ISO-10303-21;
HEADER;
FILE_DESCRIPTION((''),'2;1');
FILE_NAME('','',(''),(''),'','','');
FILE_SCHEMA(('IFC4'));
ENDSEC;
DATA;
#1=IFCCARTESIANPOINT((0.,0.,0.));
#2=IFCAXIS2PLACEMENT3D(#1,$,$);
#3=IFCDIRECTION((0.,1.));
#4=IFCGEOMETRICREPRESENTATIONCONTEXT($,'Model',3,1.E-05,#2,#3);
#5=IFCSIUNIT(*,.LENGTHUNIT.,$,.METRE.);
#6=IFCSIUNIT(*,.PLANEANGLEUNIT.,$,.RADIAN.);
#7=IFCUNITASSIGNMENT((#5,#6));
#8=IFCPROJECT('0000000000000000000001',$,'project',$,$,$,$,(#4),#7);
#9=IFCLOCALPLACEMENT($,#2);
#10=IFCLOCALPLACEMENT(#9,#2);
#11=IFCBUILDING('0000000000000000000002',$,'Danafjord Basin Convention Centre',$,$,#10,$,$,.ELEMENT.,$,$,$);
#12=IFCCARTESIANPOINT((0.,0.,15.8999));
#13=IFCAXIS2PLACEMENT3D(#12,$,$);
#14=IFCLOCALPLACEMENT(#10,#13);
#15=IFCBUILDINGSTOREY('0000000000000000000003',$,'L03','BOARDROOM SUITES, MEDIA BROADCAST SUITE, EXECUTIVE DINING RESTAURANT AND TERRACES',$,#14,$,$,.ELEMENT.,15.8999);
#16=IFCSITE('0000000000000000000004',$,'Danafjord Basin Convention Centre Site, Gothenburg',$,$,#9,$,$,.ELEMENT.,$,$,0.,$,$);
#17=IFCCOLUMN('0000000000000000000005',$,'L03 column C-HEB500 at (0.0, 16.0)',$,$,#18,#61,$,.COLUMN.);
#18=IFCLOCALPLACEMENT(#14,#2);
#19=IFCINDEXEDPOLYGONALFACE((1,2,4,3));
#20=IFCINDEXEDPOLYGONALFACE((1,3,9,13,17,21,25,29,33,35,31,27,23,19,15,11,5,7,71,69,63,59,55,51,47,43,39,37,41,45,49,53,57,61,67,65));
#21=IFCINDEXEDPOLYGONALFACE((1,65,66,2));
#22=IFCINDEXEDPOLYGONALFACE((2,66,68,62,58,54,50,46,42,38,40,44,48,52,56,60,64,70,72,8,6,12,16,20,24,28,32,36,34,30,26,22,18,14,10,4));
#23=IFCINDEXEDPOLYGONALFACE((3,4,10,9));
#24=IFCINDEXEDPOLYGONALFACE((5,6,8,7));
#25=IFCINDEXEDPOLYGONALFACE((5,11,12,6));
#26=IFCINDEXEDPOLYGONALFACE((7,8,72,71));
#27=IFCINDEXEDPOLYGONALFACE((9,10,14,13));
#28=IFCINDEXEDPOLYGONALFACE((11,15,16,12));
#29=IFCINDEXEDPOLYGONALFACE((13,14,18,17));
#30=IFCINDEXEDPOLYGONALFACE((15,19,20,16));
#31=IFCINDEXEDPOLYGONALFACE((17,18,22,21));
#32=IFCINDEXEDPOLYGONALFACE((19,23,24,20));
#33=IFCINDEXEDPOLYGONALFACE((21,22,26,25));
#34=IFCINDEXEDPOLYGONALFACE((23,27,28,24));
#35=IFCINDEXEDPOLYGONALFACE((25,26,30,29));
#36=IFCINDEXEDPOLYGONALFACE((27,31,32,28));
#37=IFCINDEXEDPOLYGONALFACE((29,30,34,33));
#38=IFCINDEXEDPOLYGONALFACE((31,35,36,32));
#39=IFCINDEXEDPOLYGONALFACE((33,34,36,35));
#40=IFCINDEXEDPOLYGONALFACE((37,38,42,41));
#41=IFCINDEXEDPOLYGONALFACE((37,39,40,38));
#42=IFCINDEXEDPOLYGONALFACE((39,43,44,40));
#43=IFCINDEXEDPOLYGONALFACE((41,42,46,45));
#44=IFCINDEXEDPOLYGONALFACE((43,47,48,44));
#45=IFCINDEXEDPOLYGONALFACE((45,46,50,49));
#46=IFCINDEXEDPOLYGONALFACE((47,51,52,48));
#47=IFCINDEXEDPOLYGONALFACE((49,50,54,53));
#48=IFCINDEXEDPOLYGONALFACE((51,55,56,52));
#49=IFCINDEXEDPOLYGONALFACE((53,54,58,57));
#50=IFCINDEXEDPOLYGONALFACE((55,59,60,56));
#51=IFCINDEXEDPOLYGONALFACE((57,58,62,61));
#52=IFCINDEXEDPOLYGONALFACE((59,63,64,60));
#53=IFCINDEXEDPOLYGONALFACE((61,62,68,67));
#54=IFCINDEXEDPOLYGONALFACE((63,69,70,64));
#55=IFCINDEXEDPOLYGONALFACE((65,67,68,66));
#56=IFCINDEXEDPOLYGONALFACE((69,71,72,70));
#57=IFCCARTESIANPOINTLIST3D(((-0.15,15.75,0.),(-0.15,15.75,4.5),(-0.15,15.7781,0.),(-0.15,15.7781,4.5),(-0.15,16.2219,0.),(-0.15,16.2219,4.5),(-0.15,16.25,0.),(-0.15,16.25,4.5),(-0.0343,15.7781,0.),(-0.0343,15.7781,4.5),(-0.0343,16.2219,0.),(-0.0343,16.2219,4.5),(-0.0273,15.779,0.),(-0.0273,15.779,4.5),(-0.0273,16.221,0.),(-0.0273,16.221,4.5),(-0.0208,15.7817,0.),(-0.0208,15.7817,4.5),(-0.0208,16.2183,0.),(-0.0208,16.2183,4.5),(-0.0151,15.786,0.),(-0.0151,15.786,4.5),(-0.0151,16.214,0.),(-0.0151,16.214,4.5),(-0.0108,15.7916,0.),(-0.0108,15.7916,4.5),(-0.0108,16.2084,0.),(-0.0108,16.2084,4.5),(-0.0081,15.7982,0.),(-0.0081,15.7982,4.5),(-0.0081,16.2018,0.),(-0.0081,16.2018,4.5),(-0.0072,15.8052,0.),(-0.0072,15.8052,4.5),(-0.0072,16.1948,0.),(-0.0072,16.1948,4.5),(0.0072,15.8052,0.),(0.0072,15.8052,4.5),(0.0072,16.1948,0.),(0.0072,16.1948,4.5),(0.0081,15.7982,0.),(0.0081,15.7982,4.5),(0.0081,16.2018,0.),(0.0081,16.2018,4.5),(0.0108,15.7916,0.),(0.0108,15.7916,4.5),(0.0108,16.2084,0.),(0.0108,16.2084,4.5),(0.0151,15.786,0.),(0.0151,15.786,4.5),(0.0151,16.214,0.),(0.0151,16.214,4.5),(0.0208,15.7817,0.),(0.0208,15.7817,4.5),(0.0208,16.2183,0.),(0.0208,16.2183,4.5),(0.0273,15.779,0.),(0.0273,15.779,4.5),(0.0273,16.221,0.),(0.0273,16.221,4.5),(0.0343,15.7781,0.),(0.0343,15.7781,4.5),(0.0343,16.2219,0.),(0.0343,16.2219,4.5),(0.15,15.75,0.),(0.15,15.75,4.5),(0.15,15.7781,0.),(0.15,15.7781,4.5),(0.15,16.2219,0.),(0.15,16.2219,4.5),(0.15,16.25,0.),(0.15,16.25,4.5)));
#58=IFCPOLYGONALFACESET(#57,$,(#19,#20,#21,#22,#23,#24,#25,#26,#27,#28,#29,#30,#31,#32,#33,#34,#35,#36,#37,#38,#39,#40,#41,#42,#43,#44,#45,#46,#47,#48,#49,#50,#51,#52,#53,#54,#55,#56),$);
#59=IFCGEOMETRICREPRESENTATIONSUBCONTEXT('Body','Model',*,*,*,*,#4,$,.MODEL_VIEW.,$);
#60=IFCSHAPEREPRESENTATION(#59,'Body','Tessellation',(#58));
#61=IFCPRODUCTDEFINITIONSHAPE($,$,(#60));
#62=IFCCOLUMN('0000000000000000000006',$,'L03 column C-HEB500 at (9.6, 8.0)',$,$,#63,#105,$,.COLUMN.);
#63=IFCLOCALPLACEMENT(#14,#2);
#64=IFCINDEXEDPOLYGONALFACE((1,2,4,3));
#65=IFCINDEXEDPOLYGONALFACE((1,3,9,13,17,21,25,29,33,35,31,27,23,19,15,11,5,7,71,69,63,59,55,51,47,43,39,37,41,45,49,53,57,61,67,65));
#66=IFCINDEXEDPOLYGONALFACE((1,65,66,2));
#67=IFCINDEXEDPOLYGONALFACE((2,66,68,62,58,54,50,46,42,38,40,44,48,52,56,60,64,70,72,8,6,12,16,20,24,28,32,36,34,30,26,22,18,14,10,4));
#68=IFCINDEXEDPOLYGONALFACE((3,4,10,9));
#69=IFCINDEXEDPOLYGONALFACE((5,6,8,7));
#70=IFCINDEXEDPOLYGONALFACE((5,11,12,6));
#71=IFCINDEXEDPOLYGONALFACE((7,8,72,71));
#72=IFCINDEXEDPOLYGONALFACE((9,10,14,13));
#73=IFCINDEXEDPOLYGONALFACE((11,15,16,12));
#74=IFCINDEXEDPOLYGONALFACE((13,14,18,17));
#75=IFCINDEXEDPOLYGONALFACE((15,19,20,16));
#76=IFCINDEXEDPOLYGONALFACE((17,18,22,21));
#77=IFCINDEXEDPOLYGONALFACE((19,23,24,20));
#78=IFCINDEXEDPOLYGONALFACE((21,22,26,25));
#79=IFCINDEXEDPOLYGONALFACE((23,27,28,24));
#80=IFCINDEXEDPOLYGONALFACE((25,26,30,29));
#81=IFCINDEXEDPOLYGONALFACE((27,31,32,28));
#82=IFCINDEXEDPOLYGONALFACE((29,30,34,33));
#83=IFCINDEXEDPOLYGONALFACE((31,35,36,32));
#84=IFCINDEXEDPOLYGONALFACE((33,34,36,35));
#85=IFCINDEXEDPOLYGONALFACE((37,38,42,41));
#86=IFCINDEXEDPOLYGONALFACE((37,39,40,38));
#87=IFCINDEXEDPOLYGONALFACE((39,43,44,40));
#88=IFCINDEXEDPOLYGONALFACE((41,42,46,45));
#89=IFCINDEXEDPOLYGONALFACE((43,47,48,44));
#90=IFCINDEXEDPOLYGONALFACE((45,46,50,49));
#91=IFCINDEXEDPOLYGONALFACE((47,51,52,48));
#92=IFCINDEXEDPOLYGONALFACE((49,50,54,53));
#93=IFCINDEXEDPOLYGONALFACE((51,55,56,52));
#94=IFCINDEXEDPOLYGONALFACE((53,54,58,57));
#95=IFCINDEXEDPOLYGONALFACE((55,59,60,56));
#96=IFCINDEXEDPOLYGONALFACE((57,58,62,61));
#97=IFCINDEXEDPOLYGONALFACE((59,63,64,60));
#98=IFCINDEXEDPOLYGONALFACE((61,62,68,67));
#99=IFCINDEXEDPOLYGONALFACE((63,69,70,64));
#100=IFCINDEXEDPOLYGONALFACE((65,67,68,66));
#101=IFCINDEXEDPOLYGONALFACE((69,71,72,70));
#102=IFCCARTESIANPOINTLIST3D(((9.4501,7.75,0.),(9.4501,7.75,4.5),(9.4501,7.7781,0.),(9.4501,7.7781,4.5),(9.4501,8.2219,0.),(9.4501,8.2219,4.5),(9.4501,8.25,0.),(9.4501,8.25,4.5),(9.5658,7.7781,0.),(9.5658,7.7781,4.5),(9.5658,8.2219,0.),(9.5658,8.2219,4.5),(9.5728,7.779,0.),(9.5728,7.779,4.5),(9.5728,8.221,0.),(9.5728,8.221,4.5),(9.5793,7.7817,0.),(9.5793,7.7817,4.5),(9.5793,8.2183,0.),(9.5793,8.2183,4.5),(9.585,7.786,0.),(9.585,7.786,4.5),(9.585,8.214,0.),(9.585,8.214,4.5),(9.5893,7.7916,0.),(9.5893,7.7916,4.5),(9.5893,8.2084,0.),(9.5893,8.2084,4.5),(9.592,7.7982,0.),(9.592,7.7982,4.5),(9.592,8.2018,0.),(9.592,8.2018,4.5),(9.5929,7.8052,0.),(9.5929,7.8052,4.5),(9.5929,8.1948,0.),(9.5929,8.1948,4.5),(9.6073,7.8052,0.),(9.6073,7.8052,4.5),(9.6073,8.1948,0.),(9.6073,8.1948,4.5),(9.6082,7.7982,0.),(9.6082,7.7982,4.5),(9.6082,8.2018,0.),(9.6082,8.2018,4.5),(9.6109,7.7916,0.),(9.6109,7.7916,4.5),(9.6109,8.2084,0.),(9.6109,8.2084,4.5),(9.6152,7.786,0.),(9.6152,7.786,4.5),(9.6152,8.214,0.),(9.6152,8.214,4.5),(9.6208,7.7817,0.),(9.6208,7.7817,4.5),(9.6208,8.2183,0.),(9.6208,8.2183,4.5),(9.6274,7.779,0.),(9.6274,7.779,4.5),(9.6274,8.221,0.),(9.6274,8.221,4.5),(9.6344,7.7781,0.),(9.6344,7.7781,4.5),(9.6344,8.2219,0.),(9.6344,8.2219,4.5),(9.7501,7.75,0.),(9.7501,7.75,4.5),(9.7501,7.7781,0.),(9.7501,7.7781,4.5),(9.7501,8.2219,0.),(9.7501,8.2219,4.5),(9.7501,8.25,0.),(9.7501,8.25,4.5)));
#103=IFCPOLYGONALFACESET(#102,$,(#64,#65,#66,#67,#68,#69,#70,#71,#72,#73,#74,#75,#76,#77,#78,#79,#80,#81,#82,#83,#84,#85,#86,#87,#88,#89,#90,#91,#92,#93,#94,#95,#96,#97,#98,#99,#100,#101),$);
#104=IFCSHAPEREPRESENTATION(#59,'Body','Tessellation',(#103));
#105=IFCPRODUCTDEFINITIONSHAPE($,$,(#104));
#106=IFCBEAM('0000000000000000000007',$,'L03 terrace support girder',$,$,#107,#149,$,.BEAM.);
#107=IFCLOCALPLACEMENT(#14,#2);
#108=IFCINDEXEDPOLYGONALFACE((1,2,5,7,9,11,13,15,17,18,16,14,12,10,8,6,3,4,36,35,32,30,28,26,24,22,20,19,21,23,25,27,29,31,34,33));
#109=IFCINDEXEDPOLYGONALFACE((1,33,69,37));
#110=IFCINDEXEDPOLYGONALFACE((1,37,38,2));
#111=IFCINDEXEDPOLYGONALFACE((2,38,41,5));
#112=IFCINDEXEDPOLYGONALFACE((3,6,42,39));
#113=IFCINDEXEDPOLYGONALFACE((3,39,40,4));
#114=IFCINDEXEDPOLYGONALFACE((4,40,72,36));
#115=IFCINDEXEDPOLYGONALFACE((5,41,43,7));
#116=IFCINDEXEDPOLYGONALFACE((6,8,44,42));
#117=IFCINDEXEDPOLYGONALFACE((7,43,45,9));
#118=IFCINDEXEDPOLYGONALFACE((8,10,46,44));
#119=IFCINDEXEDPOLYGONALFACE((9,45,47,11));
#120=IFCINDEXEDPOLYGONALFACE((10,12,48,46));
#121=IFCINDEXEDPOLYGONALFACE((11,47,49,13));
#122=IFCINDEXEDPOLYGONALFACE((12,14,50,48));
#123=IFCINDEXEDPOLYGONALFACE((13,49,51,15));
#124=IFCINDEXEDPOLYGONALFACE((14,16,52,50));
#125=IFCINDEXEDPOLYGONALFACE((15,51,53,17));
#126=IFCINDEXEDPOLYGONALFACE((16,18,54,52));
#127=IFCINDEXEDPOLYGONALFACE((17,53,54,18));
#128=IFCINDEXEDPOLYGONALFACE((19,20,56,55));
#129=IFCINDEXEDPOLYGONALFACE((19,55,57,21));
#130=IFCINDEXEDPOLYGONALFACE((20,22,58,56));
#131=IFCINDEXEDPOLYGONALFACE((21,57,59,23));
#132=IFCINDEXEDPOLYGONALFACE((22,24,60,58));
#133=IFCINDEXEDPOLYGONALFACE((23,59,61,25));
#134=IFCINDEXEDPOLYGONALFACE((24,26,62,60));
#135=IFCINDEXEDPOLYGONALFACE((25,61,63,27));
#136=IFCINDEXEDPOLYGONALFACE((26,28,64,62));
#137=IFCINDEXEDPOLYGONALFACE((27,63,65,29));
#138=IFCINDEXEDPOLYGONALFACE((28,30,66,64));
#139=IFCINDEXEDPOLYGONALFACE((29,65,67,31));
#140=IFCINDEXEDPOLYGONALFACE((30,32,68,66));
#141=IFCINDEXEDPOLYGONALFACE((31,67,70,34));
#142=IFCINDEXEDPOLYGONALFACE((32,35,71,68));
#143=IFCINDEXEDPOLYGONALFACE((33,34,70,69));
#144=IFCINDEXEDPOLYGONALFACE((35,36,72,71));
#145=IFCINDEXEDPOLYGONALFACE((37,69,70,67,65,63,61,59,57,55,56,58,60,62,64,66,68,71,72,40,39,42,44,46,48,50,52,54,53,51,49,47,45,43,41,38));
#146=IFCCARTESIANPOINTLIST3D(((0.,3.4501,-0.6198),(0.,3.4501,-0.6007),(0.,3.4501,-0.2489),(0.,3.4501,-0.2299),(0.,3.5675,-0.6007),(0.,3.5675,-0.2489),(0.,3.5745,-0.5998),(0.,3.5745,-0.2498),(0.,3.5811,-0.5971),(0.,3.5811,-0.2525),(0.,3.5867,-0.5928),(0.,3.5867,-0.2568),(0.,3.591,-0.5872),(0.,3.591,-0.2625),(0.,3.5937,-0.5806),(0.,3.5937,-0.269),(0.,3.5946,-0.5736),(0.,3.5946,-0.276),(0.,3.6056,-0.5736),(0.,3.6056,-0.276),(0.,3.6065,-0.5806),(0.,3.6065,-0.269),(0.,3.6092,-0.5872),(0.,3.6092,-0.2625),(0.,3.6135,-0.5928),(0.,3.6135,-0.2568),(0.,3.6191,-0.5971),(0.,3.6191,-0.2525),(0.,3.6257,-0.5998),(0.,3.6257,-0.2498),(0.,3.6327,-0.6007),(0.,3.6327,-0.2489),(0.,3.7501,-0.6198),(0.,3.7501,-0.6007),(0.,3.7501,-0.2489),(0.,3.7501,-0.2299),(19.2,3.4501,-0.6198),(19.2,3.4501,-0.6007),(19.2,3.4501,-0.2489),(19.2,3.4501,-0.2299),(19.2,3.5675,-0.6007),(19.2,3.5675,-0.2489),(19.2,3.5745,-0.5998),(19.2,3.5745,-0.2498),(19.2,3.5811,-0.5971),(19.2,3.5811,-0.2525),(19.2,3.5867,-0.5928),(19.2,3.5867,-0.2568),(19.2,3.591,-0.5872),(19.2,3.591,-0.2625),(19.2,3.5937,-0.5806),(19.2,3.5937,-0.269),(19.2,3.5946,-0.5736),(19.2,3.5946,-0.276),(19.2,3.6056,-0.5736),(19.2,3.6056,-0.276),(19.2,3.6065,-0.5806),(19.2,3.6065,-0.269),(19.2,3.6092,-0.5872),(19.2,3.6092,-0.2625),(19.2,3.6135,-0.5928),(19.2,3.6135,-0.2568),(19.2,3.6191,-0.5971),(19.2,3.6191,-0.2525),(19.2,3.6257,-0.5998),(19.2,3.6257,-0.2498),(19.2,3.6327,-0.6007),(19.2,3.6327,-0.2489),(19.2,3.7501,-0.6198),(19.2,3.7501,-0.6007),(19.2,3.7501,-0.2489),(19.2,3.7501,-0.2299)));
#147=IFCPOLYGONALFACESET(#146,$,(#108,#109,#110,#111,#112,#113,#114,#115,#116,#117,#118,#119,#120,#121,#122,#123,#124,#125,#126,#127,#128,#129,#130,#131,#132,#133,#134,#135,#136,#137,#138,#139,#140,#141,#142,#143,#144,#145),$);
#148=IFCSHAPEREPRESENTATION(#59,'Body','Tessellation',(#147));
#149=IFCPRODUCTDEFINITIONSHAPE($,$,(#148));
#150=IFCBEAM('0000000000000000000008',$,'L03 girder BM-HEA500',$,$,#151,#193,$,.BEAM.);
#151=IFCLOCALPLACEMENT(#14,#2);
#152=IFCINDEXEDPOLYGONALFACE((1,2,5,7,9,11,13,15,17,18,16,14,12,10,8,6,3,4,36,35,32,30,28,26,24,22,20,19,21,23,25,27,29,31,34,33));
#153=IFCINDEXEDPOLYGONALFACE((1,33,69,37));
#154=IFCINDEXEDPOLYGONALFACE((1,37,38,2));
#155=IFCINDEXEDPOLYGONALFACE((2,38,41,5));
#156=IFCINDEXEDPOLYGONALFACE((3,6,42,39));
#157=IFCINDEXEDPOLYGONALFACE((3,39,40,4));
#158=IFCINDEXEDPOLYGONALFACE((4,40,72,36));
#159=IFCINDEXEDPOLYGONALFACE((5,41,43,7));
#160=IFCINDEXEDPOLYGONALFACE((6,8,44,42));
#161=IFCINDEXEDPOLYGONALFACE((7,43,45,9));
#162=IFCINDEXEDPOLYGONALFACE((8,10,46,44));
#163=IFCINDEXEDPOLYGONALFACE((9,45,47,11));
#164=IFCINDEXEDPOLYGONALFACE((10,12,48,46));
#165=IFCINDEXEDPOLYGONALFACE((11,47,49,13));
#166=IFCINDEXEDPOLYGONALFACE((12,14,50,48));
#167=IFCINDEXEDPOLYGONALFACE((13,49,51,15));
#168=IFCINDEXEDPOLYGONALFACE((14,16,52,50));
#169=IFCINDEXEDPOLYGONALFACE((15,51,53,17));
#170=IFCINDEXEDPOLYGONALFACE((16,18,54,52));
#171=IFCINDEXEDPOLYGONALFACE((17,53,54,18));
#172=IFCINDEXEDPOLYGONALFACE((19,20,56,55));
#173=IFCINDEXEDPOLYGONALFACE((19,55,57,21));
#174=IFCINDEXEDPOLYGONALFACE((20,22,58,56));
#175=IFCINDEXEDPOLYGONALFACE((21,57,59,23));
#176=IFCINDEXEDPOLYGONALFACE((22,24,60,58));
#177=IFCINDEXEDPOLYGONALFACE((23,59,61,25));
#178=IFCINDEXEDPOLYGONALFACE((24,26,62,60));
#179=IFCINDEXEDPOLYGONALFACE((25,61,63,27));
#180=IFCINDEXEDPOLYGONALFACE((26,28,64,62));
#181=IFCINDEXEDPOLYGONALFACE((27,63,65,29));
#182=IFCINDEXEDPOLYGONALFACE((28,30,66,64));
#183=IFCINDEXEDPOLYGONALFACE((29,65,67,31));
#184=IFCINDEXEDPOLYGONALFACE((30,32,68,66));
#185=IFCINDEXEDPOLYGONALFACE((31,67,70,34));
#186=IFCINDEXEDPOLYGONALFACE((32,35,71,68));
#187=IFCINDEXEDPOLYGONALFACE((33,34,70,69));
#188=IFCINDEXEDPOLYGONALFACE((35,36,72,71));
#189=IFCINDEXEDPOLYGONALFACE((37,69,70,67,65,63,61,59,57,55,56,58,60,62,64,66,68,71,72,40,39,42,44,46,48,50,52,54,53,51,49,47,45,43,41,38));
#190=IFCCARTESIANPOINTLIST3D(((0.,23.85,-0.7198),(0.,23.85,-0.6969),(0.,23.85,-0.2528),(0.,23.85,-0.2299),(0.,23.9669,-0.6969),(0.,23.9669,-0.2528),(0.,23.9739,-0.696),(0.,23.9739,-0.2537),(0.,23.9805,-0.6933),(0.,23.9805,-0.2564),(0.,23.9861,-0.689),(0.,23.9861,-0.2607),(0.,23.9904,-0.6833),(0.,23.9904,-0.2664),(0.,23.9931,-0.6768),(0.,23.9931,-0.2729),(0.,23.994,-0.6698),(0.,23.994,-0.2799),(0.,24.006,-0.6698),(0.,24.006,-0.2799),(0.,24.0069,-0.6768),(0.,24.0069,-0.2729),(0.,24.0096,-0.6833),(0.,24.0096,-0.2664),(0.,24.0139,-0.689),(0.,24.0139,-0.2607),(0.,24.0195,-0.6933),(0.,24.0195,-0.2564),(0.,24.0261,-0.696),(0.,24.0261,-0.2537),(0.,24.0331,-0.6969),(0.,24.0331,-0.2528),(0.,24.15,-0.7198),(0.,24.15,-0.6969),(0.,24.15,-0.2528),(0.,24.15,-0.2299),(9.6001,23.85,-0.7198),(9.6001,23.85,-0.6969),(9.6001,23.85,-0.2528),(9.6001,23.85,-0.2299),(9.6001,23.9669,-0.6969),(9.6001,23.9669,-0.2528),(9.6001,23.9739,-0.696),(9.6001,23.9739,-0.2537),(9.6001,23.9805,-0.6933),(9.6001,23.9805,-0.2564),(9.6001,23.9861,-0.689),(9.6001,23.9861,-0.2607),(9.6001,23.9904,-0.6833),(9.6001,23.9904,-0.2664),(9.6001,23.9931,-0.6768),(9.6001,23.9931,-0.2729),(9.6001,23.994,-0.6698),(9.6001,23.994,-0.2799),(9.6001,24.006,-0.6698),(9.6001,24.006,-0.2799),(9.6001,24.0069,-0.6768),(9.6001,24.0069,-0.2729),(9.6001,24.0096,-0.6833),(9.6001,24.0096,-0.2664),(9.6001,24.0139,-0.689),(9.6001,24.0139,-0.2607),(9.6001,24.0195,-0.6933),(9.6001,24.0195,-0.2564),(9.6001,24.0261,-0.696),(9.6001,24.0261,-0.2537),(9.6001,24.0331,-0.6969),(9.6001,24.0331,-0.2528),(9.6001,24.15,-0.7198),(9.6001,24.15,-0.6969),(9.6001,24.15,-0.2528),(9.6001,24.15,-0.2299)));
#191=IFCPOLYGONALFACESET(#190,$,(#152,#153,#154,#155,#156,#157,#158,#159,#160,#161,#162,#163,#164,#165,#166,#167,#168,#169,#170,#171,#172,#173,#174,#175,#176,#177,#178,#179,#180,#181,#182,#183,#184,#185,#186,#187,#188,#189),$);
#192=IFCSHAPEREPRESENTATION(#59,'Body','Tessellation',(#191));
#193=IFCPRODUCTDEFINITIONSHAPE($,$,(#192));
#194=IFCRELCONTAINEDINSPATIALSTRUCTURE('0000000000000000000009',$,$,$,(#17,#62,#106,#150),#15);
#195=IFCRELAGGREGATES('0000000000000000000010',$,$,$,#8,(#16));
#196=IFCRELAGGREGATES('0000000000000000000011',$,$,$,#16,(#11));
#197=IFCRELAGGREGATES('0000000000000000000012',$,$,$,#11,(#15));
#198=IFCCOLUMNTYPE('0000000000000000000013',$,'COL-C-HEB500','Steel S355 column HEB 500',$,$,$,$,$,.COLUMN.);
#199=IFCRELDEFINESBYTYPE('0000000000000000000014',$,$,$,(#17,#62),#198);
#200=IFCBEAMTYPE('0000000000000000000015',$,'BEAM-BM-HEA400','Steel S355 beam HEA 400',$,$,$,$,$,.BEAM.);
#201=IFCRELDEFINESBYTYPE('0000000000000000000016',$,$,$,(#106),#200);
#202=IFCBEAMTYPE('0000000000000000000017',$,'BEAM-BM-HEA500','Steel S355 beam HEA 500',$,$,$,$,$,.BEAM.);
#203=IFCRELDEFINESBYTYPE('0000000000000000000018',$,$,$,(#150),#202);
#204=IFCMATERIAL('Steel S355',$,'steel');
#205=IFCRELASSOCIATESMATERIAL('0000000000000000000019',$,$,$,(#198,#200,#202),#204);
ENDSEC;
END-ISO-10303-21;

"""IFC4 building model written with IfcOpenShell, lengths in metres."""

from ifc_helpers import new_model, si_unit, direction, frame, origin, origin_2d, place, context, subcontext, project, spatial, i_section, extrude, material, material_profile, profile_set, type_object, element, save


model = new_model("IFC4")

# Units and contexts
model_context = context("Model", 3, precision=1e-05, world=origin(), true_north=direction((0.0, 1.0)))
body_context = subcontext(model_context, "Body", "Model", "MODEL_VIEW")
ifc_project = project(units=[si_unit("LENGTHUNIT", "METRE"), si_unit("PLANEANGLEUNIT", "RADIAN")], contexts=[model_context])

# Site, building, storey
site_placement = place(None, origin())
site = spatial("IfcSite", under=ifc_project, at=site_placement, Name="Danafjord Basin Convention Centre Site, Gothenburg", CompositionType="ELEMENT", RefElevation=0.0)
building_placement = place(site_placement, origin())
building = spatial("IfcBuilding", under=site, at=building_placement, Name="Danafjord Basin Convention Centre", CompositionType="ELEMENT")
storey_placement = place(building_placement, frame((0.0, 0.0, 15.8999)))
storey = spatial("IfcBuildingStorey", under=building, at=storey_placement, Name="L03", Description="BOARDROOM SUITES, MEDIA BROADCAST SUITE, EXECUTIVE DINING RESTAURANT AND TERRACES", CompositionType="ELEMENT", Elevation=15.8999)

# Columns
ifc_material_1 = material(Name="Steel S355", Category="steel")
ifc_material_profile_1 = material_profile(ifc_material_1, i_section(OverallWidth=0.3, OverallDepth=0.5, WebThickness=0.0144, FlangeThickness=0.0281, FilletRadius=0.0271, at=origin_2d()), Name="HEB 500")
ifc_profile_set_1 = profile_set([ifc_material_profile_1], Name="Steel S355")
column_type_1 = type_object("IfcColumnType", Name="COL-C-HEB500", Description="Steel S355 column HEB 500", PredefinedType="COLUMN", material=ifc_profile_set_1)
for number, where, z_axis, x_axis, name in (
    (1, (0.0, 16.0, 0.0), (0.0, 0.0, 1.0), (1.0, 0.0, 0.0), "L03 column C-HEB500 at (0.0, 16.0)"),
    (2, (9.6001, 8.0, 0.0), (0.0, 0.0, 1.0), (1.0, 0.0, 0.0), "L03 column C-HEB500 at (9.6, 8.0)"),
):
    element("IfcColumn", number, at=place(storey_placement, frame(where, z_axis=z_axis, x_axis=x_axis)), inside=storey, type_object=column_type_1, Name=name, PredefinedType="COLUMN", context=body_context, shape_type="SweptSolid", body=[
        extrude(i_section(OverallWidth=0.3, OverallDepth=0.5, WebThickness=0.0144, FlangeThickness=0.0281, FilletRadius=0.0271, at=origin_2d()), origin(), (0.0, 0.0, 1.0), 4.5),
    ])

# Beams
ifc_material_profile_2 = material_profile(ifc_material_1, i_section(OverallWidth=0.3, OverallDepth=0.3899, WebThickness=0.011, FlangeThickness=0.019, FilletRadius=0.0271, at=origin_2d()), Name="HEA 400")
ifc_profile_set_2 = profile_set([ifc_material_profile_2], Name="Steel S355")
beam_type_1 = type_object("IfcBeamType", Name="BEAM-BM-HEA400", Description="Steel S355 beam HEA 400", PredefinedType="BEAM", material=ifc_profile_set_2)
beam_1_placement = place(storey_placement, frame((0.0, 3.6001, -0.4248), z_axis=(1.0, 0.0, 0.0), x_axis=(0.0, 1.0, 0.0)))
element("IfcBeam", 3, at=beam_1_placement, inside=storey, type_object=beam_type_1, Name="L03 terrace support girder", PredefinedType="BEAM", context=body_context, shape_type="SweptSolid", body=[
    extrude(i_section(OverallWidth=0.3, OverallDepth=0.3899, WebThickness=0.011, FlangeThickness=0.019, FilletRadius=0.0271, at=origin_2d()), origin(), (0.0, 0.0, 1.0), 19.2),
])
ifc_material_profile_3 = material_profile(ifc_material_1, i_section(OverallWidth=0.3, OverallDepth=0.49, WebThickness=0.012, FlangeThickness=0.0229, FilletRadius=0.0271, at=origin_2d()), Name="HEA 500")
ifc_profile_set_3 = profile_set([ifc_material_profile_3], Name="Steel S355")
beam_type_2 = type_object("IfcBeamType", Name="BEAM-BM-HEA500", Description="Steel S355 beam HEA 500", PredefinedType="BEAM", material=ifc_profile_set_3)
beam_2_placement = place(storey_placement, frame((0.0, 24.0, -0.4749), z_axis=(1.0, 0.0, 0.0), x_axis=(0.0, 1.0, 0.0)))
element("IfcBeam", 4, at=beam_2_placement, inside=storey, type_object=beam_type_2, Name="L03 girder BM-HEA500", PredefinedType="BEAM", context=body_context, shape_type="SweptSolid", body=[
    extrude(i_section(OverallWidth=0.3, OverallDepth=0.49, WebThickness=0.012, FlangeThickness=0.0229, FilletRadius=0.0271, at=origin_2d()), origin(), (0.0, 0.0, 1.0), 9.6001),
])

save(model, "model.ifc")
